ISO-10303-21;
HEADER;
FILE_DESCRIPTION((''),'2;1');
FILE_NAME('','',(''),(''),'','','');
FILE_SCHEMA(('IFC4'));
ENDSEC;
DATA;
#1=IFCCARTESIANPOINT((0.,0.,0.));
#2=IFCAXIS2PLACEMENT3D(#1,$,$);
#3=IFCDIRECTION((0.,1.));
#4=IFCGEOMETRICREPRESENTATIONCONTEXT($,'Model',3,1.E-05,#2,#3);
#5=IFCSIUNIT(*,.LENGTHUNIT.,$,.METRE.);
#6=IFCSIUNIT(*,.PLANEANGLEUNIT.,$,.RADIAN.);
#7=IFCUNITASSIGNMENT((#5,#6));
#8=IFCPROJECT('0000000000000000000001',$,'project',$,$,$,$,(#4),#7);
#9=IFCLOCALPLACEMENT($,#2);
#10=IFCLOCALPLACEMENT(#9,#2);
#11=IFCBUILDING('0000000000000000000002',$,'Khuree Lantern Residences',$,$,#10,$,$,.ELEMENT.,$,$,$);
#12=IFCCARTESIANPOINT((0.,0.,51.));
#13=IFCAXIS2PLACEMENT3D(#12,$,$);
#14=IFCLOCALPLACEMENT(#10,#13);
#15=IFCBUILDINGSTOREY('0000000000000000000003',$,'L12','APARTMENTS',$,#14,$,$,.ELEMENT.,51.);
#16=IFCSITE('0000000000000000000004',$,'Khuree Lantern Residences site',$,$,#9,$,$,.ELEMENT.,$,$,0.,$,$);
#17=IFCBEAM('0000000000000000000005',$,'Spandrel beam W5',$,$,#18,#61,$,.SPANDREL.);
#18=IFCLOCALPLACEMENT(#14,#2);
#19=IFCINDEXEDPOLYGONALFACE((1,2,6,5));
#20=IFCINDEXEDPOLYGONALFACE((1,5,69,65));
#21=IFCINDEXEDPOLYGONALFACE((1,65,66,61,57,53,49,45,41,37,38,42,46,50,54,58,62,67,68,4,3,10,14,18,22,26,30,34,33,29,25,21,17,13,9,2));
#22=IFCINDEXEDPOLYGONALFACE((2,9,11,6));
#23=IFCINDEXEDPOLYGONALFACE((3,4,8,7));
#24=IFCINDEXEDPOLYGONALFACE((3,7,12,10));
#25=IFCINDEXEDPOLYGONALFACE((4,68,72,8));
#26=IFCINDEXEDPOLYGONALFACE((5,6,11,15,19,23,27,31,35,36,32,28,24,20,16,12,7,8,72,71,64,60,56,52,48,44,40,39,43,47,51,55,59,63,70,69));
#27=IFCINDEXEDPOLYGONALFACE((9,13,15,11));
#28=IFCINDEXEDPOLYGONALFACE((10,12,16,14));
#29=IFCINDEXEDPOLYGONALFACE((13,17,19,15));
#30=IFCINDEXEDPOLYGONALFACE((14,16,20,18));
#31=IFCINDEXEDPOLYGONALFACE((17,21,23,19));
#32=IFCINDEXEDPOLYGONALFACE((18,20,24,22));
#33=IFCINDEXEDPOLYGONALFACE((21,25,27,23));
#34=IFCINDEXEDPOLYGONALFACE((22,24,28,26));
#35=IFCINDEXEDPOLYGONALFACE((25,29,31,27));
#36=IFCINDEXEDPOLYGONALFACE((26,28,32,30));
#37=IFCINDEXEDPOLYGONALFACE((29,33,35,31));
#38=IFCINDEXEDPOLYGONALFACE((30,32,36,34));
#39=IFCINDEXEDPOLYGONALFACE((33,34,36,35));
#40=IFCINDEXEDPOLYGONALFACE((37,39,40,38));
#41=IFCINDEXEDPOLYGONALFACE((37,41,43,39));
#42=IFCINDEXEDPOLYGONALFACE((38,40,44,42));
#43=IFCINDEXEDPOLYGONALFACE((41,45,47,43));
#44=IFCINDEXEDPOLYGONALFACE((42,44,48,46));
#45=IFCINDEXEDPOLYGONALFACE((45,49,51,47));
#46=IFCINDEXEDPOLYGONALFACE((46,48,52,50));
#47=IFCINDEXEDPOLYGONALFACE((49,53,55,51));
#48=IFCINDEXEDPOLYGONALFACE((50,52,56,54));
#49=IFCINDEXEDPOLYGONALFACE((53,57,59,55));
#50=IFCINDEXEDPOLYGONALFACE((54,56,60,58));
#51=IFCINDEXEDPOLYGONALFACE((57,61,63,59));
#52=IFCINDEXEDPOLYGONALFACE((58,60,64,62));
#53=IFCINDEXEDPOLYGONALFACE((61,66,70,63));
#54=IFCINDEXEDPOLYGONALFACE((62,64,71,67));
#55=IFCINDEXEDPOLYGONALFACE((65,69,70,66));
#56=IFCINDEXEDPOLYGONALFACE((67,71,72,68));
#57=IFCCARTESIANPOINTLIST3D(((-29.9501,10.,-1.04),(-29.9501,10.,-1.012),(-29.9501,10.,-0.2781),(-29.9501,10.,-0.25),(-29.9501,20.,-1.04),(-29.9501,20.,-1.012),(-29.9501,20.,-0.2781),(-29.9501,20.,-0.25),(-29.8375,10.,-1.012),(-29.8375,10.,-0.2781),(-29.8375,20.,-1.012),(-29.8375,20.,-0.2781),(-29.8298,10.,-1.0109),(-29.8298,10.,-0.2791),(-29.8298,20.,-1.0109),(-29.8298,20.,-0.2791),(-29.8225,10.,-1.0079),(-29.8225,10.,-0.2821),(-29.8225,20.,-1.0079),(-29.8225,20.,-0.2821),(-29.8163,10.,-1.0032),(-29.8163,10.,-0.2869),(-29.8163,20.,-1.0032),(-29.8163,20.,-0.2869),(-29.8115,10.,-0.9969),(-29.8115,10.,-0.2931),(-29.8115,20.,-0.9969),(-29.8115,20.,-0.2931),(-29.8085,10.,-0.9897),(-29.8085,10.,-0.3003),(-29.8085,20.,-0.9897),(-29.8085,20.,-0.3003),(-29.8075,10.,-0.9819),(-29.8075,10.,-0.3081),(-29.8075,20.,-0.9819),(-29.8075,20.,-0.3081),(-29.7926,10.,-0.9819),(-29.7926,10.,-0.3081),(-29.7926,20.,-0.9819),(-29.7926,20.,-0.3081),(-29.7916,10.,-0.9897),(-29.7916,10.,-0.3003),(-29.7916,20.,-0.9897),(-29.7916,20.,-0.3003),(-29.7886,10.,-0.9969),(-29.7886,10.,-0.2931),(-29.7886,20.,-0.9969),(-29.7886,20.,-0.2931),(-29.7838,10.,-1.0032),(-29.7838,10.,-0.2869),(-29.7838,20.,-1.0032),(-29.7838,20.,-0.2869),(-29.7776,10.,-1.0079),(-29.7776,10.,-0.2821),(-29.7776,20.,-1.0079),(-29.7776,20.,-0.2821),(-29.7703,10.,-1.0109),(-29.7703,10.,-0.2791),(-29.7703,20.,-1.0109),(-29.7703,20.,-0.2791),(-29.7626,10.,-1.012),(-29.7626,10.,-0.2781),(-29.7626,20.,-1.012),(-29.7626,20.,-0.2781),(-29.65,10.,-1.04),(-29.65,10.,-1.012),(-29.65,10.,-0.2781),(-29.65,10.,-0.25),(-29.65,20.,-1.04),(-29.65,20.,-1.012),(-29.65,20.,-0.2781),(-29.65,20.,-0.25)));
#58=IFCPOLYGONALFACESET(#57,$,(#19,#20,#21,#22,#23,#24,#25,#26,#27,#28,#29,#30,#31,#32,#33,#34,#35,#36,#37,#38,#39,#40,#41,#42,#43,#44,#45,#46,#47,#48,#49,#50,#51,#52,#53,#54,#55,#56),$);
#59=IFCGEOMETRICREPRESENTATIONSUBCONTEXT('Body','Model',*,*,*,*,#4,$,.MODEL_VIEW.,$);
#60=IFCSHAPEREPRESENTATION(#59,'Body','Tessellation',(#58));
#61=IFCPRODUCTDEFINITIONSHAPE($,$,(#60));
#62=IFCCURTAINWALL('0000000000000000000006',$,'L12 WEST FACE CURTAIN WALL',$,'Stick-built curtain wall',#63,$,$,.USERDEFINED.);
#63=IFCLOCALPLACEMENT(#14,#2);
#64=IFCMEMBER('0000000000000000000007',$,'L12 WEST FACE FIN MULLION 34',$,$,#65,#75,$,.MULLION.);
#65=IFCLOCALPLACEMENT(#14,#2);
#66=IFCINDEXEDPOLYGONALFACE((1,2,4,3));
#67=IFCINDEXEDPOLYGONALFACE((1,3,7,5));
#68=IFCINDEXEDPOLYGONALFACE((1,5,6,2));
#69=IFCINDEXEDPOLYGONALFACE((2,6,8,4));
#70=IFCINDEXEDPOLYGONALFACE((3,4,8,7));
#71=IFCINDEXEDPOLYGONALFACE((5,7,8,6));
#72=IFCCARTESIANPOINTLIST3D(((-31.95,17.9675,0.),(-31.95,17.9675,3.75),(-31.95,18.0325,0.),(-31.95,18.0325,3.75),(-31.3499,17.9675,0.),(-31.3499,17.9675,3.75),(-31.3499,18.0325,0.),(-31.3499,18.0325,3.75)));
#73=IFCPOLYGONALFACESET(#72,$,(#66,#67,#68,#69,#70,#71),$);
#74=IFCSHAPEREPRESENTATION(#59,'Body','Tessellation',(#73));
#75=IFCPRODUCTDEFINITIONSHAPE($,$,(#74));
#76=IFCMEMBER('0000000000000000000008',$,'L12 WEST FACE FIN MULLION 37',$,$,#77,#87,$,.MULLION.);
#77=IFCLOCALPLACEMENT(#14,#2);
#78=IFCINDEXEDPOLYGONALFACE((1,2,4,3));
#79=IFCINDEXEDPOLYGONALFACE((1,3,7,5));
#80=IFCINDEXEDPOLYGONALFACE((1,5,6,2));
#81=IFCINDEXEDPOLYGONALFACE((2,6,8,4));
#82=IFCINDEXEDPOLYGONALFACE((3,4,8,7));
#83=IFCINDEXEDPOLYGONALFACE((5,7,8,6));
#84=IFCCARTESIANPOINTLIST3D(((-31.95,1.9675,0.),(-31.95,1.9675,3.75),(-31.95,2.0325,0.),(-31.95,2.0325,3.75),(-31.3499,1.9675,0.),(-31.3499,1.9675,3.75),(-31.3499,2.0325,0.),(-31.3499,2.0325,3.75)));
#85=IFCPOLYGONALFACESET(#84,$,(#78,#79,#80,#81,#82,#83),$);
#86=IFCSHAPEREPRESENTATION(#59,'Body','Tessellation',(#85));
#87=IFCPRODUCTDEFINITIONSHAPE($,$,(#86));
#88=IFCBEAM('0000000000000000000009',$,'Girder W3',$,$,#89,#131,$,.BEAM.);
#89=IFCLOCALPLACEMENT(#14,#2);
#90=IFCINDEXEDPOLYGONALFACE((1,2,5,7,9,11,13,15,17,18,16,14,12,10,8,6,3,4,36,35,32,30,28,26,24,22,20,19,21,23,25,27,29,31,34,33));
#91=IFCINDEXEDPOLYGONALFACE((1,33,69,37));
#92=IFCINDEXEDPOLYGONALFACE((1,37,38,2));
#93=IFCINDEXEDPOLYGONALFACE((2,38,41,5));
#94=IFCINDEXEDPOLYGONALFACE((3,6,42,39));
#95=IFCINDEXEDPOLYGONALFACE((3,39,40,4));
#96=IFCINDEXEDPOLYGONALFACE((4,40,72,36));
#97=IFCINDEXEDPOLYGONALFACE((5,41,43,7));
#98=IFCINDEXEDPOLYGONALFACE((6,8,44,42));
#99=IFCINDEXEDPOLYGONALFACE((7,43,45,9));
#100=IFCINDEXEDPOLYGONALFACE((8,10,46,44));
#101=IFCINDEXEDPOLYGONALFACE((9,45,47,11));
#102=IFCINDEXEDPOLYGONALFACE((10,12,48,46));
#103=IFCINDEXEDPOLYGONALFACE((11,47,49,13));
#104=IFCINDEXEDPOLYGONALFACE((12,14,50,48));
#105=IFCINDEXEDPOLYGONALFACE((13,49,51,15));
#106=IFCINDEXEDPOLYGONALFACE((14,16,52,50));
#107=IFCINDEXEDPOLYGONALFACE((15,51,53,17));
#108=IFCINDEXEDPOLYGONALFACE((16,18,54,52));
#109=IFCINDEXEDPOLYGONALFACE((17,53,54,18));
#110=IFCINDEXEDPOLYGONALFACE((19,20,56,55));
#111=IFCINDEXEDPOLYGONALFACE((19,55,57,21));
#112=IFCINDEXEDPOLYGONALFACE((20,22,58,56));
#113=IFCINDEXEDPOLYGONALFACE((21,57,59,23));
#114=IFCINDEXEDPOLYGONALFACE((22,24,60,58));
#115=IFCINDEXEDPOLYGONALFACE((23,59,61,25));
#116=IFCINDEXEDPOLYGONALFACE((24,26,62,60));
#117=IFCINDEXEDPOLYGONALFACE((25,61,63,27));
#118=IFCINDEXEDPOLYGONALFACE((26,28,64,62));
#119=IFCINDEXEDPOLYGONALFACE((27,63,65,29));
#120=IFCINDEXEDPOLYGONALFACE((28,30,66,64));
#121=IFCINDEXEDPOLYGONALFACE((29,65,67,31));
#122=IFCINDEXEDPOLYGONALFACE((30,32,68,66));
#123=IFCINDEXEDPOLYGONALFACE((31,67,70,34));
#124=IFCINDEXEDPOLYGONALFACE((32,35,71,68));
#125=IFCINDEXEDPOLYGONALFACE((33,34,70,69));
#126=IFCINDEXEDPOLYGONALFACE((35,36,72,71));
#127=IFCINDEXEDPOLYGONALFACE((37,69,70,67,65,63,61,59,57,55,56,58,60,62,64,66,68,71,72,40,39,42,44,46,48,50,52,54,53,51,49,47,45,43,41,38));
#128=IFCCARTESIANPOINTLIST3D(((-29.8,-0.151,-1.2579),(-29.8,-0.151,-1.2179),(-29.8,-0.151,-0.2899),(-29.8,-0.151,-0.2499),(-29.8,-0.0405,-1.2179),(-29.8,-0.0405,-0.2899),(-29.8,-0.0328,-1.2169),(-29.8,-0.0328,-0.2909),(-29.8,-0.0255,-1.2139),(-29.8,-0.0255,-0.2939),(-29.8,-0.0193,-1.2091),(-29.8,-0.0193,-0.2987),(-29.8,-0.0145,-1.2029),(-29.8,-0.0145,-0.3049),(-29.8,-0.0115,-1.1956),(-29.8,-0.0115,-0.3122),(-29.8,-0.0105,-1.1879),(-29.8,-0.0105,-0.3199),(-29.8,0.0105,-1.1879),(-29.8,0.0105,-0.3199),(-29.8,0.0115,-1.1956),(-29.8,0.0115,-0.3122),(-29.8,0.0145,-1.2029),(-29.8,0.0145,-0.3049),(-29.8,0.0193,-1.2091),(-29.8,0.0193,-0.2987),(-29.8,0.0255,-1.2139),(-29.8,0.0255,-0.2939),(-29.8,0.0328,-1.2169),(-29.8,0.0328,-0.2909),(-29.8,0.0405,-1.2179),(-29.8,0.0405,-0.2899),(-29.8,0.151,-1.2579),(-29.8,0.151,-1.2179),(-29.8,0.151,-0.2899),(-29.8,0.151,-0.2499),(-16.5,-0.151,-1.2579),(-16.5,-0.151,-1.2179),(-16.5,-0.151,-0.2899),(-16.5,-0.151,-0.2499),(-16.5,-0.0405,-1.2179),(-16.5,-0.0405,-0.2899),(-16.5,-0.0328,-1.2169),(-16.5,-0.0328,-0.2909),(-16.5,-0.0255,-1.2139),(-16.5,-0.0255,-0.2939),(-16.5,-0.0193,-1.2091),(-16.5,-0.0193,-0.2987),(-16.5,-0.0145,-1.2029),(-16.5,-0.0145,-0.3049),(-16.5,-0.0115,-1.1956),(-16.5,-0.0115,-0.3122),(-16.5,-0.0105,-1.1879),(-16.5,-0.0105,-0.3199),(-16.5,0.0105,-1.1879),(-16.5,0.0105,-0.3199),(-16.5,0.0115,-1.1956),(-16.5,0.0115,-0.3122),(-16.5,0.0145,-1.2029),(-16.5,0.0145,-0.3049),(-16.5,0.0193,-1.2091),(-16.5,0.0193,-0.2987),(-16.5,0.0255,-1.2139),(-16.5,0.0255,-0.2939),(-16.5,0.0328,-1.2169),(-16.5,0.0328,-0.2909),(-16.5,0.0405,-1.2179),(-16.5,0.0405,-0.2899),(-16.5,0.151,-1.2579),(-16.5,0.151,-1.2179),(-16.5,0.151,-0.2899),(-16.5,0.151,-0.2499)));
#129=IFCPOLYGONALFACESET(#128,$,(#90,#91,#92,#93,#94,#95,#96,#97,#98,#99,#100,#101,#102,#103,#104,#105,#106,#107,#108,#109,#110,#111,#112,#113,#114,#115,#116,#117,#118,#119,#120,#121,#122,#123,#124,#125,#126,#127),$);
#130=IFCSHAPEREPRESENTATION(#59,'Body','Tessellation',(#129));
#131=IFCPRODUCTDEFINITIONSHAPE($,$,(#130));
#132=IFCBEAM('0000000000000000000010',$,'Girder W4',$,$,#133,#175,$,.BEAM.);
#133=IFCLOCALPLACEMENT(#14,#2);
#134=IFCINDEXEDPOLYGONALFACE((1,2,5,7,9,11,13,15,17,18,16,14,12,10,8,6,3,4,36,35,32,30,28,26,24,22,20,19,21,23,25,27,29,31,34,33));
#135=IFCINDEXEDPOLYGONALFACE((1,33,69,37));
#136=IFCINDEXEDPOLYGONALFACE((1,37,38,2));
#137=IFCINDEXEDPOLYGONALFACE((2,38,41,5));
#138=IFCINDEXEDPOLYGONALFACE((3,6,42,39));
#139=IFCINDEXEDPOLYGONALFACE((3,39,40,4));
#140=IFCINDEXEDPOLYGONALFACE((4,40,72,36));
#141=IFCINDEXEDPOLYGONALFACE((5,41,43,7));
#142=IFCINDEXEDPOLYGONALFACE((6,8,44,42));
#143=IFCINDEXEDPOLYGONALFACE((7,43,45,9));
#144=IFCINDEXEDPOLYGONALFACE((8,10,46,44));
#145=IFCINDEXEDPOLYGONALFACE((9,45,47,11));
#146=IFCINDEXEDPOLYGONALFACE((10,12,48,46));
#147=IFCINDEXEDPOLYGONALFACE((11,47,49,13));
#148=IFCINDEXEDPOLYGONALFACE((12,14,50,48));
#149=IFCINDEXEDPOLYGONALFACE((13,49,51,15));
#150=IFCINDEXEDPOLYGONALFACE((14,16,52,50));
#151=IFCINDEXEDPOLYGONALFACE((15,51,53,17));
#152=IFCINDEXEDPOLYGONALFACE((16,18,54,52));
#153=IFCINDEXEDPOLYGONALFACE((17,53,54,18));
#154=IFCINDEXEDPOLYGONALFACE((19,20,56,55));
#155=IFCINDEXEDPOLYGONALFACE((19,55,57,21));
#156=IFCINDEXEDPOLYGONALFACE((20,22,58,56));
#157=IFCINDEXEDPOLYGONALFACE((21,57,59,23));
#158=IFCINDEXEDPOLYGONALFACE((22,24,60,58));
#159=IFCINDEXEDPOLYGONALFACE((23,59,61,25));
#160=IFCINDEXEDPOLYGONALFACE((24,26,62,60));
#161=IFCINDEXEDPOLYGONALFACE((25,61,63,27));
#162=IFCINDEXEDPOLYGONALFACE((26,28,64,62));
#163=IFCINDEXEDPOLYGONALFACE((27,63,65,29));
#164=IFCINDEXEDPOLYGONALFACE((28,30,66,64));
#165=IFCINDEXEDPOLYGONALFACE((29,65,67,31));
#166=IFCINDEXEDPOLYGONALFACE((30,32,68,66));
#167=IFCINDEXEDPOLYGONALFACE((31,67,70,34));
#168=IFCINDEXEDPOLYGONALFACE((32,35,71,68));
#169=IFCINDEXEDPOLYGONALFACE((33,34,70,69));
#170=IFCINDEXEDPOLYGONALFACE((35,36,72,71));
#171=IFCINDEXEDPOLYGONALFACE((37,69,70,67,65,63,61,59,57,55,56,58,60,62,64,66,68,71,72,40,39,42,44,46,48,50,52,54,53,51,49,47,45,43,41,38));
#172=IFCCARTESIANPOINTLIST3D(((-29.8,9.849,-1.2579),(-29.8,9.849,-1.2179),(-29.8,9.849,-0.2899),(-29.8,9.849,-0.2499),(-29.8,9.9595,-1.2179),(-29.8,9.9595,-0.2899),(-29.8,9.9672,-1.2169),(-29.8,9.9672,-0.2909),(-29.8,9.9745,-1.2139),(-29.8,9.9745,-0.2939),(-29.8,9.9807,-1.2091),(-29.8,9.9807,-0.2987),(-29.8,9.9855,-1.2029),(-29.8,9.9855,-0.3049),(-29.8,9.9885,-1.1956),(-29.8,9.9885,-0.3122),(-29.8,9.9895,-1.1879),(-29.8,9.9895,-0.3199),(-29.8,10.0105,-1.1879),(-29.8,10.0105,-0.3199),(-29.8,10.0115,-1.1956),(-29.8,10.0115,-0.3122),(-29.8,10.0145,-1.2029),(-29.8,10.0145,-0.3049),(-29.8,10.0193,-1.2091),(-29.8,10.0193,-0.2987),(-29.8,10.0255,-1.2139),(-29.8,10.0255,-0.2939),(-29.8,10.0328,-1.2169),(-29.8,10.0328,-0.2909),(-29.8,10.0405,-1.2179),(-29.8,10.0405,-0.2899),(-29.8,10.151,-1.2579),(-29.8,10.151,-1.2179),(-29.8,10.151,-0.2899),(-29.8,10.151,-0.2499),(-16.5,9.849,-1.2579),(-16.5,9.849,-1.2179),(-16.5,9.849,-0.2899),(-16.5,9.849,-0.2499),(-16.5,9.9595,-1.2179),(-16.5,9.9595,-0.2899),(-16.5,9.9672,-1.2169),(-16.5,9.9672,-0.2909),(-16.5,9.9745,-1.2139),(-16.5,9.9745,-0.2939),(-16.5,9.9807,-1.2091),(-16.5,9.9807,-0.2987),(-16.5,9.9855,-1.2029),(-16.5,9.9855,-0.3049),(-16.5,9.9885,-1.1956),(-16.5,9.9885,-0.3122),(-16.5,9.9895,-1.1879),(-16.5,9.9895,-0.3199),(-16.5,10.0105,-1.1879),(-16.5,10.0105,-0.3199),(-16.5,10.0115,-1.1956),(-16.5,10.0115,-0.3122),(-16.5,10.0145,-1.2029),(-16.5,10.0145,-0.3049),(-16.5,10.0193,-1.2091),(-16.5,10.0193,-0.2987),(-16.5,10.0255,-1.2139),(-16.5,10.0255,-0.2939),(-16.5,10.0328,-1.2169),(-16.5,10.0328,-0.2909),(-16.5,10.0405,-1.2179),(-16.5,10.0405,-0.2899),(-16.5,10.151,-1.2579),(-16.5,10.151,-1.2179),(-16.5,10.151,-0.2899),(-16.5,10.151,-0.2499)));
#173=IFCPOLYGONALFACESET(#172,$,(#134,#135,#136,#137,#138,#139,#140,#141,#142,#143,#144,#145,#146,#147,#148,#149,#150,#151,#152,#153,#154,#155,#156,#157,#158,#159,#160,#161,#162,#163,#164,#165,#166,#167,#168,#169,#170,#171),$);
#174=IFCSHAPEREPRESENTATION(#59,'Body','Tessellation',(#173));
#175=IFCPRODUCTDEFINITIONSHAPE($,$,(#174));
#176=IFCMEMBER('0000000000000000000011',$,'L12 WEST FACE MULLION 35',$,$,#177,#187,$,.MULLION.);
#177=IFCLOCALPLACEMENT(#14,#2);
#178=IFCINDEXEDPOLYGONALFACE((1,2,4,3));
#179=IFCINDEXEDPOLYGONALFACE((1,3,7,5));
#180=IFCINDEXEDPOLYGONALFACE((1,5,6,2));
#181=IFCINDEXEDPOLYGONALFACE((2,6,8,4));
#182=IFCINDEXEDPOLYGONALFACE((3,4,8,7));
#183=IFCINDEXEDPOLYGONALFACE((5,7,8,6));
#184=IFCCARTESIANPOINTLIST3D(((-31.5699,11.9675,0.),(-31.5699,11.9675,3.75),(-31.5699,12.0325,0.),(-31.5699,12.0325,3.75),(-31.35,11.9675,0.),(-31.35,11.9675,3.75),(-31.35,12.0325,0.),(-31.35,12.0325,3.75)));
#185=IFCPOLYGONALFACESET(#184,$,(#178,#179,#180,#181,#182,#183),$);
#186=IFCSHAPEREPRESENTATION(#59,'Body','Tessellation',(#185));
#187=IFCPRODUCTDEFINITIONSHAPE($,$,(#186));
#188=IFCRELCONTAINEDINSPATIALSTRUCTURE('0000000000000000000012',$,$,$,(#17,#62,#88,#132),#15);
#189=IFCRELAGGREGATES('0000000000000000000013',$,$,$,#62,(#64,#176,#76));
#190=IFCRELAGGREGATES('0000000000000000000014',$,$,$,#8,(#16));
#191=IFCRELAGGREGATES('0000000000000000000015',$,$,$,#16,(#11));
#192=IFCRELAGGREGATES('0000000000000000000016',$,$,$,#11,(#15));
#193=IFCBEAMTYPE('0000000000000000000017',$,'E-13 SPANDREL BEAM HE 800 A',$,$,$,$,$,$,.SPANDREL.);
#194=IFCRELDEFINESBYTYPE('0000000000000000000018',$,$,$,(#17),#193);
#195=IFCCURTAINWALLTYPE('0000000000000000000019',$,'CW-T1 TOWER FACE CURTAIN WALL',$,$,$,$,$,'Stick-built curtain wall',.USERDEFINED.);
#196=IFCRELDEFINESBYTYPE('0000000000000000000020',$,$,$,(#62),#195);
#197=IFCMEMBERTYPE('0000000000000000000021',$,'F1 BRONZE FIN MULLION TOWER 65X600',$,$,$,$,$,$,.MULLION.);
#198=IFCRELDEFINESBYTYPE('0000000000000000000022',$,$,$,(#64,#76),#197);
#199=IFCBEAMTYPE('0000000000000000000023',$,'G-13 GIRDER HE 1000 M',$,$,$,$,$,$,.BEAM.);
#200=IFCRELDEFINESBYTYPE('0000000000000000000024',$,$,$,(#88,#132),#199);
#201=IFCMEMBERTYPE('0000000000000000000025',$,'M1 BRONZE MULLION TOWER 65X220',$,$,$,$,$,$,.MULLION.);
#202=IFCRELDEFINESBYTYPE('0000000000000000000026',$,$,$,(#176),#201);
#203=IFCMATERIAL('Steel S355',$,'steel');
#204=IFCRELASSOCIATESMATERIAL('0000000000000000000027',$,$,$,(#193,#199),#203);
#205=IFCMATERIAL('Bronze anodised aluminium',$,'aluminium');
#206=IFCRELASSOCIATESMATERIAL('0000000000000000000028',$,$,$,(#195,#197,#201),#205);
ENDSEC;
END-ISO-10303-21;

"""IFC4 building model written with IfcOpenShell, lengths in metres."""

from ifc_helpers import new_model, si_unit, direction, frame, origin, origin_2d, place, context, subcontext, project, spatial, rectangle, i_section, extrude, material, material_profile, profile_set, type_object, element, aggregate, save


model = new_model("IFC4")

# Units and contexts
model_context = context("Model", 3, precision=1e-05, world=origin(), true_north=direction((0.0, 1.0)))
body_context = subcontext(model_context, "Body", "Model", "MODEL_VIEW")
ifc_project = project(units=[si_unit("LENGTHUNIT", "METRE"), si_unit("PLANEANGLEUNIT", "RADIAN")], contexts=[model_context])

# Site, building, storey
site_placement = place(None, origin())
site = spatial("IfcSite", under=ifc_project, at=site_placement, Name="Khuree Lantern Residences site", CompositionType="ELEMENT", RefElevation=0.0)
building_placement = place(site_placement, origin())
building = spatial("IfcBuilding", under=site, at=building_placement, Name="Khuree Lantern Residences", CompositionType="ELEMENT")
storey_placement = place(building_placement, frame((0.0, 0.0, 51.0)))
storey = spatial("IfcBuildingStorey", under=building, at=storey_placement, Name="L12", Description="APARTMENTS", CompositionType="ELEMENT", Elevation=51.0)

# Beam
ifc_material_1 = material(Name="Steel S355", Category="steel")
ifc_material_profile_1 = material_profile(ifc_material_1, i_section(OverallWidth=0.3, OverallDepth=0.79, WebThickness=0.0149, FlangeThickness=0.0281, FilletRadius=0.03, at=origin_2d()), Name="HE 800 A")
ifc_profile_set_1 = profile_set([ifc_material_profile_1], Name="Steel S355")
beam_type_1 = type_object("IfcBeamType", Name="E-13 SPANDREL BEAM HE 800 A", PredefinedType="SPANDREL", material=ifc_profile_set_1)
for number, where, z_axis, x_axis, name in (
    (1, (-29.8, 10.0, -0.645), (0.0, 1.0, 0.0), (-1.0, 0.0, 0.0), "Spandrel beam W5"),
):
    element("IfcBeam", number, at=place(storey_placement, frame(where, z_axis=z_axis, x_axis=x_axis)), inside=storey, type_object=beam_type_1, Name=name, PredefinedType="SPANDREL", context=body_context, shape_type="SweptSolid", body=[
        extrude(i_section(OverallWidth=0.3, OverallDepth=0.79, WebThickness=0.0149, FlangeThickness=0.0281, FilletRadius=0.03, at=origin_2d()), origin(), (0.0, 0.0, 1.0), 10.0),
    ])

# Curtain wall, members
ifc_material_2 = material(Name="Bronze anodised aluminium", Category="aluminium")
curtain_wall_type = type_object("IfcCurtainWallType", Name="CW-T1 TOWER FACE CURTAIN WALL", ElementType="Stick-built curtain wall", PredefinedType="USERDEFINED", material=ifc_material_2)
curtain_wall_placement = place(storey_placement, origin())
curtain_wall = element("IfcCurtainWall", 2, at=curtain_wall_placement, inside=storey, type_object=curtain_wall_type, Name="L12 WEST FACE CURTAIN WALL", ObjectType="Stick-built curtain wall", PredefinedType="USERDEFINED")
ifc_material_profile_2 = material_profile(ifc_material_2, rectangle(XDim=0.0649, YDim=0.6001, at=origin_2d()), Name="F1 65X600")
ifc_profile_set_2 = profile_set([ifc_material_profile_2], Name="Bronze anodised aluminium")
member_type_1 = type_object("IfcMemberType", Name="F1 BRONZE FIN MULLION TOWER 65X600", PredefinedType="MULLION", material=ifc_profile_set_2)
member_1_placement = place(storey_placement, frame((-31.6499, 18.0, 0.0), z_axis=(0.0, 0.0, 1.0), x_axis=(0.0, -1.0, 0.0)))
member_1 = element("IfcMember", 3, at=member_1_placement, type_object=member_type_1, Name="L12 WEST FACE FIN MULLION 34", PredefinedType="MULLION", context=body_context, shape_type="SweptSolid", body=[
    extrude(rectangle(XDim=0.0649, YDim=0.6001, at=origin_2d()), origin(), (0.0, 0.0, 1.0), 3.75),
])
member_2_placement = place(storey_placement, frame((-31.6499, 2.0, 0.0), z_axis=(0.0, 0.0, 1.0), x_axis=(0.0, -1.0, 0.0)))
member_2 = element("IfcMember", 4, at=member_2_placement, type_object=member_type_1, Name="L12 WEST FACE FIN MULLION 37", PredefinedType="MULLION", context=body_context, shape_type="SweptSolid", body=[
    extrude(rectangle(XDim=0.0649, YDim=0.6001, at=origin_2d()), origin(), (0.0, 0.0, 1.0), 3.75),
])

# Beams
ifc_material_profile_3 = material_profile(ifc_material_1, i_section(OverallWidth=0.302, OverallDepth=1.0081, WebThickness=0.021, FlangeThickness=0.04, FilletRadius=0.03, at=origin_2d()), Name="HE 1000 M")
ifc_profile_set_3 = profile_set([ifc_material_profile_3], Name="Steel S355")
beam_type_2 = type_object("IfcBeamType", Name="G-13 GIRDER HE 1000 M", PredefinedType="BEAM", material=ifc_profile_set_3)
for number, where, z_axis, x_axis, name in (
    (5, (-29.8, 0.0, -0.7539), (1.0, 0.0, 0.0), (0.0, 1.0, 0.0), "Girder W3"),
    (6, (-29.8, 10.0, -0.7539), (1.0, 0.0, 0.0), (0.0, 1.0, 0.0), "Girder W4"),
):
    element("IfcBeam", number, at=place(storey_placement, frame(where, z_axis=z_axis, x_axis=x_axis)), inside=storey, type_object=beam_type_2, Name=name, PredefinedType="BEAM", context=body_context, shape_type="SweptSolid", body=[
        extrude(i_section(OverallWidth=0.302, OverallDepth=1.0081, WebThickness=0.021, FlangeThickness=0.04, FilletRadius=0.03, at=origin_2d()), origin(), (0.0, 0.0, 1.0), 13.3),
    ])

# Member
ifc_material_profile_4 = material_profile(ifc_material_2, rectangle(XDim=0.0649, YDim=0.22, at=origin_2d()), Name="M1 65X220")
ifc_profile_set_4 = profile_set([ifc_material_profile_4], Name="Bronze anodised aluminium")
member_type_2 = type_object("IfcMemberType", Name="M1 BRONZE MULLION TOWER 65X220", PredefinedType="MULLION", material=ifc_profile_set_4)
member_3_placement = place(storey_placement, frame((-31.46, 12.0, 0.0), z_axis=(0.0, 0.0, 1.0), x_axis=(0.0, -1.0, 0.0)))
member_3 = element("IfcMember", 7, at=member_3_placement, type_object=member_type_2, Name="L12 WEST FACE MULLION 35", PredefinedType="MULLION", context=body_context, shape_type="SweptSolid", body=[
    extrude(rectangle(XDim=0.0649, YDim=0.22, at=origin_2d()), origin(), (0.0, 0.0, 1.0), 3.75),
])

aggregate(curtain_wall, [member_1, member_3, member_2])

save(model, "model.ifc")
